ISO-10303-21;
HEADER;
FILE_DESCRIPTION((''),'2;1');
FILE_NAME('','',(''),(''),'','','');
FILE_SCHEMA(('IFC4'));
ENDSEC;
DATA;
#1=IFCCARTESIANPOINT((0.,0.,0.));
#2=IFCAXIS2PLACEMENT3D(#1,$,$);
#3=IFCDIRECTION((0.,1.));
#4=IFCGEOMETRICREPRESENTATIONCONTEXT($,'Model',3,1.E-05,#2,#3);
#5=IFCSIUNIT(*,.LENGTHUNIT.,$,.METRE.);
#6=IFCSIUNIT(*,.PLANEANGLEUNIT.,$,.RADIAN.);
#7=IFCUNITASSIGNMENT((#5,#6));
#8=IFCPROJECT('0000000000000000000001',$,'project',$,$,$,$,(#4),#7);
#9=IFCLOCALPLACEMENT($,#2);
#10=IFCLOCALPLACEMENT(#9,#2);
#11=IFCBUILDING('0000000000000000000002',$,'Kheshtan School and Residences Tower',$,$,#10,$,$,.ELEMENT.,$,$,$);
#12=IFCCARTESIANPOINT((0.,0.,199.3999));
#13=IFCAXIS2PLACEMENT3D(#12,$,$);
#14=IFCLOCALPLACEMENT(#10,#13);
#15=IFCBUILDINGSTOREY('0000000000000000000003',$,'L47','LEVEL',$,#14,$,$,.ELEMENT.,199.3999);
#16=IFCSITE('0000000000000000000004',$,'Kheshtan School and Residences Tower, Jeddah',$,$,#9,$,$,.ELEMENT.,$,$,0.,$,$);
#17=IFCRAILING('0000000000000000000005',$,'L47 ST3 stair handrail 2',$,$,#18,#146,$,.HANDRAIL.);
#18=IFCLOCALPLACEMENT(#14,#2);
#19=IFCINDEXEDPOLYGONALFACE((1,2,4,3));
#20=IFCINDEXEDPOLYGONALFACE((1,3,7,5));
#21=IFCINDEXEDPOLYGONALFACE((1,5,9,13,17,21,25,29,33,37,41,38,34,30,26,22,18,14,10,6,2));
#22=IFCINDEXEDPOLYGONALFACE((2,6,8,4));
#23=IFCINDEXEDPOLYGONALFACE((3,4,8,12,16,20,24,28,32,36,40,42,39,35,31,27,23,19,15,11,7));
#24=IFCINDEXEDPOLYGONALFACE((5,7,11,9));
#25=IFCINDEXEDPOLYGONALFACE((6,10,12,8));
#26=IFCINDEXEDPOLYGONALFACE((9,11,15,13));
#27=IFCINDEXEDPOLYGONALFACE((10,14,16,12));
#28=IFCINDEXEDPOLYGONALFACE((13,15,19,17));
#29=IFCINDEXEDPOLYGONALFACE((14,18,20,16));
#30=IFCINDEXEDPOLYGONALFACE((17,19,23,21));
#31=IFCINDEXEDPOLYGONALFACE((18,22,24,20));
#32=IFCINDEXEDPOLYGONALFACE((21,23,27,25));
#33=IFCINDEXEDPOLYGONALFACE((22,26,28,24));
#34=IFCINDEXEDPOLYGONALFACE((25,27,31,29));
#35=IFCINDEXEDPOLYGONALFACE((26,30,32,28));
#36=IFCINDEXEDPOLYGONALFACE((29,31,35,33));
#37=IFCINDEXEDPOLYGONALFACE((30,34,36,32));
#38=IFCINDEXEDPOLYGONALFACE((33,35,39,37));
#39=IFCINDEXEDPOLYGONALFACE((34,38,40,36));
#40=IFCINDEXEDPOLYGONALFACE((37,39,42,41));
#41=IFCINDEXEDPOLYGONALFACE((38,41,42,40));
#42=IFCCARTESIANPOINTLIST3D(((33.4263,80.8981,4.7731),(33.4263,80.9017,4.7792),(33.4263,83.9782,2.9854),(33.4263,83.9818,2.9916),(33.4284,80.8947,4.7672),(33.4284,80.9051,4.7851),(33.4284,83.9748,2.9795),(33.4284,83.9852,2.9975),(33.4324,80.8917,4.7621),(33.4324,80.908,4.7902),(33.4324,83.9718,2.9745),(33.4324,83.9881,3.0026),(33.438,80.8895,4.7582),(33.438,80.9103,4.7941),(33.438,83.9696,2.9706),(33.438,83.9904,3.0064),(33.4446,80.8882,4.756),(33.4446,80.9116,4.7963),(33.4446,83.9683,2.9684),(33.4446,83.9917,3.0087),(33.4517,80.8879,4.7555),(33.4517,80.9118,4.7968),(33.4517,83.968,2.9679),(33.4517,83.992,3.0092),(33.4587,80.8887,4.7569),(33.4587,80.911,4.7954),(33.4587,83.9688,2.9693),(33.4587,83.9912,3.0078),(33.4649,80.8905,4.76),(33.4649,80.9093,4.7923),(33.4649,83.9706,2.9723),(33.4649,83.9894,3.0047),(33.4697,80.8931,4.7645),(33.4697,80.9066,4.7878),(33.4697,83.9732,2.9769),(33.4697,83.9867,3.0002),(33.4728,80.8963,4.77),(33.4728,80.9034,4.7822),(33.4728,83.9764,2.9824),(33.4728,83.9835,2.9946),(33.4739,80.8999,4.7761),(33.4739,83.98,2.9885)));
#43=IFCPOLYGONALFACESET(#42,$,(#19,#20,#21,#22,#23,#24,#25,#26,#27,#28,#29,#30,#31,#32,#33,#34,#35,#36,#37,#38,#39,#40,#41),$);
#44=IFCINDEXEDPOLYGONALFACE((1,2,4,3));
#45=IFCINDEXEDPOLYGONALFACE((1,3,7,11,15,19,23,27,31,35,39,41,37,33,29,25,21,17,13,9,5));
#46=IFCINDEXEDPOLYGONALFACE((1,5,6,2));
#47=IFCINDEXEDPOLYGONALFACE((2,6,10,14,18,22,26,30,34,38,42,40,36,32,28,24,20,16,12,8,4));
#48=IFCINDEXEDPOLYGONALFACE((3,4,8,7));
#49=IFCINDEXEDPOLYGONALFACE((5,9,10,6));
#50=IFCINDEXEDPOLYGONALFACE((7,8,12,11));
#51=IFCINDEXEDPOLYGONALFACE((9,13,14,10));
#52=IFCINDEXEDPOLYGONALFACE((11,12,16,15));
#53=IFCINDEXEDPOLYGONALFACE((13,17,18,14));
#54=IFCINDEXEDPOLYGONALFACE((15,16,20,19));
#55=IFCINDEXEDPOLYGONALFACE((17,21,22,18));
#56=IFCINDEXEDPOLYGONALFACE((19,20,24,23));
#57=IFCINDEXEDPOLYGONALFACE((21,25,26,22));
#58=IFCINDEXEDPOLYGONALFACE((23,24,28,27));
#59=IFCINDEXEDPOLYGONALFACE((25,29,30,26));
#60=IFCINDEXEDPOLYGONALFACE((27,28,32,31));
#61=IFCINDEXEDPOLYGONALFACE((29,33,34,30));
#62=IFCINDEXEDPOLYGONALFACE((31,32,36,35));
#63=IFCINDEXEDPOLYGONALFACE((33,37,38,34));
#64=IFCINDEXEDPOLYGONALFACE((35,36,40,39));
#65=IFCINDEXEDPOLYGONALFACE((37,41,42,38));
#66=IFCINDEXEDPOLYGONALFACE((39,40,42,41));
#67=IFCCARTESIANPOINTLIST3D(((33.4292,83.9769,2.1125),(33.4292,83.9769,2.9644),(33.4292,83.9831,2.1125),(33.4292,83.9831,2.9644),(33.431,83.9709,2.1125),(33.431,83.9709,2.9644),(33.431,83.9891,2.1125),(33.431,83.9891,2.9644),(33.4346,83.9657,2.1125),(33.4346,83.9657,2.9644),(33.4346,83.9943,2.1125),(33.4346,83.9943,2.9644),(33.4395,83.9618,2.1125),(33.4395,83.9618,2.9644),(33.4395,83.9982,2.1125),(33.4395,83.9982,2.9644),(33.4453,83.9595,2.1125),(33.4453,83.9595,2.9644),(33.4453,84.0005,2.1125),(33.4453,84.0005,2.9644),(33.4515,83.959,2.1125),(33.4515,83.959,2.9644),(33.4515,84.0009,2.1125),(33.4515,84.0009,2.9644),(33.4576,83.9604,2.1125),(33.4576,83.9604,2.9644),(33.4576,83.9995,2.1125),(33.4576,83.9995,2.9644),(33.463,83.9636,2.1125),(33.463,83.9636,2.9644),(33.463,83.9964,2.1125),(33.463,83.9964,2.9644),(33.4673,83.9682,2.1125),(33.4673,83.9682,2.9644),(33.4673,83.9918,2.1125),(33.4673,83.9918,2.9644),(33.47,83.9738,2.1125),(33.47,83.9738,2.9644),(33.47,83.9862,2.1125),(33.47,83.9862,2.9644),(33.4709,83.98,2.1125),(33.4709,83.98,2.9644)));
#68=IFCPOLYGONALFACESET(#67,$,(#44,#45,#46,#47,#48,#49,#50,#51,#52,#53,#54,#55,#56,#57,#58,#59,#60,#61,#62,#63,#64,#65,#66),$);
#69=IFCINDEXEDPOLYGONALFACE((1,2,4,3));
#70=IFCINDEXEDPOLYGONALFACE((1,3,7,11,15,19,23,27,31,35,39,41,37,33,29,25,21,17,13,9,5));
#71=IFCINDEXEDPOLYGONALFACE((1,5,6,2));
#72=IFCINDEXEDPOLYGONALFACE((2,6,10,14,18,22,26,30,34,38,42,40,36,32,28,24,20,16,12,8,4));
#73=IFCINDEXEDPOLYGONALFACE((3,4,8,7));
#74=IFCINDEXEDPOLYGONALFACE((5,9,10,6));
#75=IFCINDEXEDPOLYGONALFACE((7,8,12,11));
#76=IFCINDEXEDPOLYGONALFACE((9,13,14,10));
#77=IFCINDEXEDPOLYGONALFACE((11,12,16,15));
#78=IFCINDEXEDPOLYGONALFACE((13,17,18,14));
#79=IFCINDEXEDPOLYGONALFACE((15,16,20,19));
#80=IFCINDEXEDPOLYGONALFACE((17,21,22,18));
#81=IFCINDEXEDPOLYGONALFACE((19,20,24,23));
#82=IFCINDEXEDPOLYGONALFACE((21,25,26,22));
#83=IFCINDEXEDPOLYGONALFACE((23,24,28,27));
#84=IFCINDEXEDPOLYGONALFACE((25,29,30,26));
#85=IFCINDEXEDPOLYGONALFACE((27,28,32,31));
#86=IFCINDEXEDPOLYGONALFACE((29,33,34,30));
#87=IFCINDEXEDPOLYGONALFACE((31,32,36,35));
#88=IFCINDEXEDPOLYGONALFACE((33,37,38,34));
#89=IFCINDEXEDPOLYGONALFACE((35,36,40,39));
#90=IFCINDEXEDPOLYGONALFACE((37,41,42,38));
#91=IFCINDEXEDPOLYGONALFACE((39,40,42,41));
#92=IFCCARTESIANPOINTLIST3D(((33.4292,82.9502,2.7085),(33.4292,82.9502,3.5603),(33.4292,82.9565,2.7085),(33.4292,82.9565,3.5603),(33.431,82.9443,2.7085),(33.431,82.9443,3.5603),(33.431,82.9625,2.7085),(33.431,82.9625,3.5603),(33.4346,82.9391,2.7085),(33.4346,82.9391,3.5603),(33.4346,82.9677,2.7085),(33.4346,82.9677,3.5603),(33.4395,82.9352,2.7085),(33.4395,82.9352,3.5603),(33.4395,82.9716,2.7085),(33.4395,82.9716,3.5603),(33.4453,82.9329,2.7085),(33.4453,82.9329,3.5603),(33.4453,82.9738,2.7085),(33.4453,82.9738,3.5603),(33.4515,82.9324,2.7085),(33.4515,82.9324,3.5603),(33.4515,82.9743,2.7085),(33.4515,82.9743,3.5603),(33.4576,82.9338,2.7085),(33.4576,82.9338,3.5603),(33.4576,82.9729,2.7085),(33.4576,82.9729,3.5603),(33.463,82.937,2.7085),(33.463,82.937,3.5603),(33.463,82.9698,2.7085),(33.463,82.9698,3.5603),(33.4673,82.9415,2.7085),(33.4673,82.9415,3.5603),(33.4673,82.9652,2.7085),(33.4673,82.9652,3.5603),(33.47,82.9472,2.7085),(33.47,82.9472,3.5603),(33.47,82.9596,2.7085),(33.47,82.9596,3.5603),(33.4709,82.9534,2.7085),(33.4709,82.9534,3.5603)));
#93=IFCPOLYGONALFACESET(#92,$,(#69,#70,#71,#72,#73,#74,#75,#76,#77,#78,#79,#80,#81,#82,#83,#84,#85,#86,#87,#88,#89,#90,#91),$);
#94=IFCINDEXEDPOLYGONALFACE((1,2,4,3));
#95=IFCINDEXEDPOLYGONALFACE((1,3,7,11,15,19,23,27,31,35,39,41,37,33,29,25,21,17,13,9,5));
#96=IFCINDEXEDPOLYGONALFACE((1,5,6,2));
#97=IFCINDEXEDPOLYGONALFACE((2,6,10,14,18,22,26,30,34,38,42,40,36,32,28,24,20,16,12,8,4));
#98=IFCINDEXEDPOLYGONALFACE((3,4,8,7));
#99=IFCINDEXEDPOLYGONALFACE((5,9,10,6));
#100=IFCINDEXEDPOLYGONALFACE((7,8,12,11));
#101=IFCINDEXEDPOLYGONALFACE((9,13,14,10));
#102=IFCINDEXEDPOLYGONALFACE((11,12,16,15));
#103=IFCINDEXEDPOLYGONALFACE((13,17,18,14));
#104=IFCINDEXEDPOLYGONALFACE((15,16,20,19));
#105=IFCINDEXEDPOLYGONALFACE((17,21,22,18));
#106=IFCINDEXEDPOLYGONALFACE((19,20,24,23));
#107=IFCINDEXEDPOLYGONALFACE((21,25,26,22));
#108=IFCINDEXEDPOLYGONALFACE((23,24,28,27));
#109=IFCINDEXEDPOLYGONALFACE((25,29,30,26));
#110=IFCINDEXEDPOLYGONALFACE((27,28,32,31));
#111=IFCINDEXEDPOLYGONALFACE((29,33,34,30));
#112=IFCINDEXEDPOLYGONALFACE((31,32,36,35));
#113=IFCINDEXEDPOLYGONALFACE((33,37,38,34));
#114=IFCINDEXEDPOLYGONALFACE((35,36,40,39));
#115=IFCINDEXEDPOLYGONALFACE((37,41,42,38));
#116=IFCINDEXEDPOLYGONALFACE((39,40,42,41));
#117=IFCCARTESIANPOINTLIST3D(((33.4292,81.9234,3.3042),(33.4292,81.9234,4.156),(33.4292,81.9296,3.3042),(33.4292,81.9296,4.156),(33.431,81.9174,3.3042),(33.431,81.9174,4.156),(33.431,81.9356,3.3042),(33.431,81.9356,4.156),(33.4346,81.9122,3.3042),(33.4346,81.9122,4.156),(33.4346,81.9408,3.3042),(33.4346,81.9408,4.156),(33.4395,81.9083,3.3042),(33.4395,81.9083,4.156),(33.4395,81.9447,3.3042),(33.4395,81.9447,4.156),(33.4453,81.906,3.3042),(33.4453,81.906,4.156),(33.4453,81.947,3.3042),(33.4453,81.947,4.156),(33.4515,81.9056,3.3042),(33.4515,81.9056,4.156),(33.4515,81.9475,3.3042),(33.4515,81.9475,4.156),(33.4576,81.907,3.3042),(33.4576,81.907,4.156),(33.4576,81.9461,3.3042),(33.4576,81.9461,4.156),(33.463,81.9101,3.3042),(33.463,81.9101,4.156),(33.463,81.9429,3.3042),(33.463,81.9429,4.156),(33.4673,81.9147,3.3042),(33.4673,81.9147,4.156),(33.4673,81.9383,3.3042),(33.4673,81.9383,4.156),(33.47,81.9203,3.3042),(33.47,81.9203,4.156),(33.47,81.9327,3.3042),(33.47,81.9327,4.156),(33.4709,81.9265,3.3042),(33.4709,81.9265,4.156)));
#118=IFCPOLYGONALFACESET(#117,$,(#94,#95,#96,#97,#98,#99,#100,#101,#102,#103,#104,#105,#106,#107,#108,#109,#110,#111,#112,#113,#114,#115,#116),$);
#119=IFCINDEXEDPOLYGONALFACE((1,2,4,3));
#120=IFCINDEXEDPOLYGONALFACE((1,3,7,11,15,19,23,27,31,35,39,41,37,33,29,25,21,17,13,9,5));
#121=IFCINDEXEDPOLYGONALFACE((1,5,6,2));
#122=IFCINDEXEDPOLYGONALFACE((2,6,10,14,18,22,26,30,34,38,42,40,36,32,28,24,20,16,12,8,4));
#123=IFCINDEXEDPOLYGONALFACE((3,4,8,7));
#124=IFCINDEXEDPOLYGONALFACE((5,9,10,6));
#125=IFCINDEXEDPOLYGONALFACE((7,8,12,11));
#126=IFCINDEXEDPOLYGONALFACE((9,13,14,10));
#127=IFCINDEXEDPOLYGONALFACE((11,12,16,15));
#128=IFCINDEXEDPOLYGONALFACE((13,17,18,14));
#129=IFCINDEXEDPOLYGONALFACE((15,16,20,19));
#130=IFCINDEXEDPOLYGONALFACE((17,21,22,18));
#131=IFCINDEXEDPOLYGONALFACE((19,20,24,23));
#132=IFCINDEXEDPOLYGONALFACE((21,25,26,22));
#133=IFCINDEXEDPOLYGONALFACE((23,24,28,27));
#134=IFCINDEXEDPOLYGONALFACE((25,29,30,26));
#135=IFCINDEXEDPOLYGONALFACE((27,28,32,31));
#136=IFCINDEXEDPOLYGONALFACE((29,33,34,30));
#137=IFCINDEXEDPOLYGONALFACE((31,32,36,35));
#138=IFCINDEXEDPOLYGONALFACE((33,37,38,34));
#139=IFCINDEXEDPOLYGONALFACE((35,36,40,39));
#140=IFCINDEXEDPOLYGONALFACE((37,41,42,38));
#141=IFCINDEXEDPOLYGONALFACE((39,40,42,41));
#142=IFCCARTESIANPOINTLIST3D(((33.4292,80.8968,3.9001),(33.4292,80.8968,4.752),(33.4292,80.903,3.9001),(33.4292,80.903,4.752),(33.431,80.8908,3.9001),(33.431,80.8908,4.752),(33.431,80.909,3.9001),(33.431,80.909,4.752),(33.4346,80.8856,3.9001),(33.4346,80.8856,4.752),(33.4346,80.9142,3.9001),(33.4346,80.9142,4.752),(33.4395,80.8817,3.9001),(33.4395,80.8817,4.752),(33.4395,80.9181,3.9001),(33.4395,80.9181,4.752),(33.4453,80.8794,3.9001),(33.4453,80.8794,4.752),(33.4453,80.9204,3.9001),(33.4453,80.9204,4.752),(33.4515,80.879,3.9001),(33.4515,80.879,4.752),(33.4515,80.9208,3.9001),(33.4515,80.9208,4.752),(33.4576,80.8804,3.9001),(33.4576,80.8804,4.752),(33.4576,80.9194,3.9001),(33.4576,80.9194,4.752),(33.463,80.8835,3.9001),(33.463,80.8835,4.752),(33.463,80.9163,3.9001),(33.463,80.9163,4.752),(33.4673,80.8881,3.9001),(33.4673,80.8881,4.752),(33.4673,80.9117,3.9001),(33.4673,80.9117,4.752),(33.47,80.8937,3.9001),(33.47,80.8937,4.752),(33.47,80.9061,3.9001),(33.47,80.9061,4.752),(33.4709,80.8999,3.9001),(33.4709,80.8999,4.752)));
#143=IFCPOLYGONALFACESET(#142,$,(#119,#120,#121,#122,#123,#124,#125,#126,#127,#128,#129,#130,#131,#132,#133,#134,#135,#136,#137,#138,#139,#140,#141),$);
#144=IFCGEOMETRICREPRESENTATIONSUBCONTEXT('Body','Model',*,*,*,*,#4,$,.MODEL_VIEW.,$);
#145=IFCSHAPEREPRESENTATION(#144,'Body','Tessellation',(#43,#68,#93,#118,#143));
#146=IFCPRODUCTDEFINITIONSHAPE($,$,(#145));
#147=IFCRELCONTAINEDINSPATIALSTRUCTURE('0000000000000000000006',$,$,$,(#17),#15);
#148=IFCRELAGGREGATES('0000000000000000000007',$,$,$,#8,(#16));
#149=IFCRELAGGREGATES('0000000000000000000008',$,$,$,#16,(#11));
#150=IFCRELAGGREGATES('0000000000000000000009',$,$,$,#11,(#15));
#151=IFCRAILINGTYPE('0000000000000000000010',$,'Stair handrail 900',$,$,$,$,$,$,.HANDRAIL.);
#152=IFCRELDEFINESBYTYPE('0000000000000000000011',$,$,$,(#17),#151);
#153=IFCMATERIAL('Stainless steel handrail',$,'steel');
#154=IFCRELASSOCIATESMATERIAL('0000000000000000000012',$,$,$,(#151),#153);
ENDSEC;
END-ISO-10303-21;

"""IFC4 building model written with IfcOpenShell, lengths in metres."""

from ifc_helpers import new_model, si_unit, direction, frame, origin, origin_2d, place, context, subcontext, project, spatial, circle, extrude, material, type_object, element, save


model = new_model("IFC4")

# Units and contexts
model_context = context("Model", 3, precision=1e-05, world=origin(), true_north=direction((0.0, 1.0)))
body_context = subcontext(model_context, "Body", "Model", "MODEL_VIEW")
ifc_project = project(units=[si_unit("LENGTHUNIT", "METRE"), si_unit("PLANEANGLEUNIT", "RADIAN")], contexts=[model_context])

# Site, building, storey
site_placement = place(None, origin())
site = spatial("IfcSite", under=ifc_project, at=site_placement, Name="Kheshtan School and Residences Tower, Jeddah", CompositionType="ELEMENT", RefElevation=0.0)
building_placement = place(site_placement, origin())
building = spatial("IfcBuilding", under=site, at=building_placement, Name="Kheshtan School and Residences Tower", CompositionType="ELEMENT")
storey_placement = place(building_placement, frame((0.0, 0.0, 199.3999)))
storey = spatial("IfcBuildingStorey", under=building, at=storey_placement, Name="L47", Description="LEVEL", CompositionType="ELEMENT", Elevation=199.3999)

# Railing
ifc_material_1 = material(Name="Stainless steel handrail", Category="steel")
railing_type_1 = type_object("IfcRailingType", Name="Stair handrail 900", PredefinedType="HANDRAIL", material=ifc_material_1)
railing_1_placement = place(storey_placement, frame((33.45, 83.98, 2.1125)))
element("IfcRailing", 1, at=railing_1_placement, inside=storey, type_object=railing_type_1, Name="L47 ST3 stair handrail 2", PredefinedType="HANDRAIL", context=body_context, shape_type="SweptSolid", body=[
    extrude(circle(Radius=0.0239, at=origin_2d()), frame((0.0, 0.0, 0.876), z_axis=(0.0, -0.864891, 0.50196), x_axis=(1.0, 0.0, 0.0)), (0.0, 0.0, 1.0), 3.5613),
    extrude(circle(Radius=0.021, at=origin_2d()), origin(), (0.0, 0.0, 1.0), 0.8518),
    extrude(circle(Radius=0.021, at=origin_2d()), frame((0.0, -1.0266, 0.5959)), (0.0, 0.0, 1.0), 0.8518),
    extrude(circle(Radius=0.021, at=origin_2d()), frame((0.0, -2.0535, 1.1917)), (0.0, 0.0, 1.0), 0.8518),
    extrude(circle(Radius=0.021, at=origin_2d()), frame((0.0, -3.0801, 1.7876)), (0.0, 0.0, 1.0), 0.8518),
])

save(model, "model.ifc")
